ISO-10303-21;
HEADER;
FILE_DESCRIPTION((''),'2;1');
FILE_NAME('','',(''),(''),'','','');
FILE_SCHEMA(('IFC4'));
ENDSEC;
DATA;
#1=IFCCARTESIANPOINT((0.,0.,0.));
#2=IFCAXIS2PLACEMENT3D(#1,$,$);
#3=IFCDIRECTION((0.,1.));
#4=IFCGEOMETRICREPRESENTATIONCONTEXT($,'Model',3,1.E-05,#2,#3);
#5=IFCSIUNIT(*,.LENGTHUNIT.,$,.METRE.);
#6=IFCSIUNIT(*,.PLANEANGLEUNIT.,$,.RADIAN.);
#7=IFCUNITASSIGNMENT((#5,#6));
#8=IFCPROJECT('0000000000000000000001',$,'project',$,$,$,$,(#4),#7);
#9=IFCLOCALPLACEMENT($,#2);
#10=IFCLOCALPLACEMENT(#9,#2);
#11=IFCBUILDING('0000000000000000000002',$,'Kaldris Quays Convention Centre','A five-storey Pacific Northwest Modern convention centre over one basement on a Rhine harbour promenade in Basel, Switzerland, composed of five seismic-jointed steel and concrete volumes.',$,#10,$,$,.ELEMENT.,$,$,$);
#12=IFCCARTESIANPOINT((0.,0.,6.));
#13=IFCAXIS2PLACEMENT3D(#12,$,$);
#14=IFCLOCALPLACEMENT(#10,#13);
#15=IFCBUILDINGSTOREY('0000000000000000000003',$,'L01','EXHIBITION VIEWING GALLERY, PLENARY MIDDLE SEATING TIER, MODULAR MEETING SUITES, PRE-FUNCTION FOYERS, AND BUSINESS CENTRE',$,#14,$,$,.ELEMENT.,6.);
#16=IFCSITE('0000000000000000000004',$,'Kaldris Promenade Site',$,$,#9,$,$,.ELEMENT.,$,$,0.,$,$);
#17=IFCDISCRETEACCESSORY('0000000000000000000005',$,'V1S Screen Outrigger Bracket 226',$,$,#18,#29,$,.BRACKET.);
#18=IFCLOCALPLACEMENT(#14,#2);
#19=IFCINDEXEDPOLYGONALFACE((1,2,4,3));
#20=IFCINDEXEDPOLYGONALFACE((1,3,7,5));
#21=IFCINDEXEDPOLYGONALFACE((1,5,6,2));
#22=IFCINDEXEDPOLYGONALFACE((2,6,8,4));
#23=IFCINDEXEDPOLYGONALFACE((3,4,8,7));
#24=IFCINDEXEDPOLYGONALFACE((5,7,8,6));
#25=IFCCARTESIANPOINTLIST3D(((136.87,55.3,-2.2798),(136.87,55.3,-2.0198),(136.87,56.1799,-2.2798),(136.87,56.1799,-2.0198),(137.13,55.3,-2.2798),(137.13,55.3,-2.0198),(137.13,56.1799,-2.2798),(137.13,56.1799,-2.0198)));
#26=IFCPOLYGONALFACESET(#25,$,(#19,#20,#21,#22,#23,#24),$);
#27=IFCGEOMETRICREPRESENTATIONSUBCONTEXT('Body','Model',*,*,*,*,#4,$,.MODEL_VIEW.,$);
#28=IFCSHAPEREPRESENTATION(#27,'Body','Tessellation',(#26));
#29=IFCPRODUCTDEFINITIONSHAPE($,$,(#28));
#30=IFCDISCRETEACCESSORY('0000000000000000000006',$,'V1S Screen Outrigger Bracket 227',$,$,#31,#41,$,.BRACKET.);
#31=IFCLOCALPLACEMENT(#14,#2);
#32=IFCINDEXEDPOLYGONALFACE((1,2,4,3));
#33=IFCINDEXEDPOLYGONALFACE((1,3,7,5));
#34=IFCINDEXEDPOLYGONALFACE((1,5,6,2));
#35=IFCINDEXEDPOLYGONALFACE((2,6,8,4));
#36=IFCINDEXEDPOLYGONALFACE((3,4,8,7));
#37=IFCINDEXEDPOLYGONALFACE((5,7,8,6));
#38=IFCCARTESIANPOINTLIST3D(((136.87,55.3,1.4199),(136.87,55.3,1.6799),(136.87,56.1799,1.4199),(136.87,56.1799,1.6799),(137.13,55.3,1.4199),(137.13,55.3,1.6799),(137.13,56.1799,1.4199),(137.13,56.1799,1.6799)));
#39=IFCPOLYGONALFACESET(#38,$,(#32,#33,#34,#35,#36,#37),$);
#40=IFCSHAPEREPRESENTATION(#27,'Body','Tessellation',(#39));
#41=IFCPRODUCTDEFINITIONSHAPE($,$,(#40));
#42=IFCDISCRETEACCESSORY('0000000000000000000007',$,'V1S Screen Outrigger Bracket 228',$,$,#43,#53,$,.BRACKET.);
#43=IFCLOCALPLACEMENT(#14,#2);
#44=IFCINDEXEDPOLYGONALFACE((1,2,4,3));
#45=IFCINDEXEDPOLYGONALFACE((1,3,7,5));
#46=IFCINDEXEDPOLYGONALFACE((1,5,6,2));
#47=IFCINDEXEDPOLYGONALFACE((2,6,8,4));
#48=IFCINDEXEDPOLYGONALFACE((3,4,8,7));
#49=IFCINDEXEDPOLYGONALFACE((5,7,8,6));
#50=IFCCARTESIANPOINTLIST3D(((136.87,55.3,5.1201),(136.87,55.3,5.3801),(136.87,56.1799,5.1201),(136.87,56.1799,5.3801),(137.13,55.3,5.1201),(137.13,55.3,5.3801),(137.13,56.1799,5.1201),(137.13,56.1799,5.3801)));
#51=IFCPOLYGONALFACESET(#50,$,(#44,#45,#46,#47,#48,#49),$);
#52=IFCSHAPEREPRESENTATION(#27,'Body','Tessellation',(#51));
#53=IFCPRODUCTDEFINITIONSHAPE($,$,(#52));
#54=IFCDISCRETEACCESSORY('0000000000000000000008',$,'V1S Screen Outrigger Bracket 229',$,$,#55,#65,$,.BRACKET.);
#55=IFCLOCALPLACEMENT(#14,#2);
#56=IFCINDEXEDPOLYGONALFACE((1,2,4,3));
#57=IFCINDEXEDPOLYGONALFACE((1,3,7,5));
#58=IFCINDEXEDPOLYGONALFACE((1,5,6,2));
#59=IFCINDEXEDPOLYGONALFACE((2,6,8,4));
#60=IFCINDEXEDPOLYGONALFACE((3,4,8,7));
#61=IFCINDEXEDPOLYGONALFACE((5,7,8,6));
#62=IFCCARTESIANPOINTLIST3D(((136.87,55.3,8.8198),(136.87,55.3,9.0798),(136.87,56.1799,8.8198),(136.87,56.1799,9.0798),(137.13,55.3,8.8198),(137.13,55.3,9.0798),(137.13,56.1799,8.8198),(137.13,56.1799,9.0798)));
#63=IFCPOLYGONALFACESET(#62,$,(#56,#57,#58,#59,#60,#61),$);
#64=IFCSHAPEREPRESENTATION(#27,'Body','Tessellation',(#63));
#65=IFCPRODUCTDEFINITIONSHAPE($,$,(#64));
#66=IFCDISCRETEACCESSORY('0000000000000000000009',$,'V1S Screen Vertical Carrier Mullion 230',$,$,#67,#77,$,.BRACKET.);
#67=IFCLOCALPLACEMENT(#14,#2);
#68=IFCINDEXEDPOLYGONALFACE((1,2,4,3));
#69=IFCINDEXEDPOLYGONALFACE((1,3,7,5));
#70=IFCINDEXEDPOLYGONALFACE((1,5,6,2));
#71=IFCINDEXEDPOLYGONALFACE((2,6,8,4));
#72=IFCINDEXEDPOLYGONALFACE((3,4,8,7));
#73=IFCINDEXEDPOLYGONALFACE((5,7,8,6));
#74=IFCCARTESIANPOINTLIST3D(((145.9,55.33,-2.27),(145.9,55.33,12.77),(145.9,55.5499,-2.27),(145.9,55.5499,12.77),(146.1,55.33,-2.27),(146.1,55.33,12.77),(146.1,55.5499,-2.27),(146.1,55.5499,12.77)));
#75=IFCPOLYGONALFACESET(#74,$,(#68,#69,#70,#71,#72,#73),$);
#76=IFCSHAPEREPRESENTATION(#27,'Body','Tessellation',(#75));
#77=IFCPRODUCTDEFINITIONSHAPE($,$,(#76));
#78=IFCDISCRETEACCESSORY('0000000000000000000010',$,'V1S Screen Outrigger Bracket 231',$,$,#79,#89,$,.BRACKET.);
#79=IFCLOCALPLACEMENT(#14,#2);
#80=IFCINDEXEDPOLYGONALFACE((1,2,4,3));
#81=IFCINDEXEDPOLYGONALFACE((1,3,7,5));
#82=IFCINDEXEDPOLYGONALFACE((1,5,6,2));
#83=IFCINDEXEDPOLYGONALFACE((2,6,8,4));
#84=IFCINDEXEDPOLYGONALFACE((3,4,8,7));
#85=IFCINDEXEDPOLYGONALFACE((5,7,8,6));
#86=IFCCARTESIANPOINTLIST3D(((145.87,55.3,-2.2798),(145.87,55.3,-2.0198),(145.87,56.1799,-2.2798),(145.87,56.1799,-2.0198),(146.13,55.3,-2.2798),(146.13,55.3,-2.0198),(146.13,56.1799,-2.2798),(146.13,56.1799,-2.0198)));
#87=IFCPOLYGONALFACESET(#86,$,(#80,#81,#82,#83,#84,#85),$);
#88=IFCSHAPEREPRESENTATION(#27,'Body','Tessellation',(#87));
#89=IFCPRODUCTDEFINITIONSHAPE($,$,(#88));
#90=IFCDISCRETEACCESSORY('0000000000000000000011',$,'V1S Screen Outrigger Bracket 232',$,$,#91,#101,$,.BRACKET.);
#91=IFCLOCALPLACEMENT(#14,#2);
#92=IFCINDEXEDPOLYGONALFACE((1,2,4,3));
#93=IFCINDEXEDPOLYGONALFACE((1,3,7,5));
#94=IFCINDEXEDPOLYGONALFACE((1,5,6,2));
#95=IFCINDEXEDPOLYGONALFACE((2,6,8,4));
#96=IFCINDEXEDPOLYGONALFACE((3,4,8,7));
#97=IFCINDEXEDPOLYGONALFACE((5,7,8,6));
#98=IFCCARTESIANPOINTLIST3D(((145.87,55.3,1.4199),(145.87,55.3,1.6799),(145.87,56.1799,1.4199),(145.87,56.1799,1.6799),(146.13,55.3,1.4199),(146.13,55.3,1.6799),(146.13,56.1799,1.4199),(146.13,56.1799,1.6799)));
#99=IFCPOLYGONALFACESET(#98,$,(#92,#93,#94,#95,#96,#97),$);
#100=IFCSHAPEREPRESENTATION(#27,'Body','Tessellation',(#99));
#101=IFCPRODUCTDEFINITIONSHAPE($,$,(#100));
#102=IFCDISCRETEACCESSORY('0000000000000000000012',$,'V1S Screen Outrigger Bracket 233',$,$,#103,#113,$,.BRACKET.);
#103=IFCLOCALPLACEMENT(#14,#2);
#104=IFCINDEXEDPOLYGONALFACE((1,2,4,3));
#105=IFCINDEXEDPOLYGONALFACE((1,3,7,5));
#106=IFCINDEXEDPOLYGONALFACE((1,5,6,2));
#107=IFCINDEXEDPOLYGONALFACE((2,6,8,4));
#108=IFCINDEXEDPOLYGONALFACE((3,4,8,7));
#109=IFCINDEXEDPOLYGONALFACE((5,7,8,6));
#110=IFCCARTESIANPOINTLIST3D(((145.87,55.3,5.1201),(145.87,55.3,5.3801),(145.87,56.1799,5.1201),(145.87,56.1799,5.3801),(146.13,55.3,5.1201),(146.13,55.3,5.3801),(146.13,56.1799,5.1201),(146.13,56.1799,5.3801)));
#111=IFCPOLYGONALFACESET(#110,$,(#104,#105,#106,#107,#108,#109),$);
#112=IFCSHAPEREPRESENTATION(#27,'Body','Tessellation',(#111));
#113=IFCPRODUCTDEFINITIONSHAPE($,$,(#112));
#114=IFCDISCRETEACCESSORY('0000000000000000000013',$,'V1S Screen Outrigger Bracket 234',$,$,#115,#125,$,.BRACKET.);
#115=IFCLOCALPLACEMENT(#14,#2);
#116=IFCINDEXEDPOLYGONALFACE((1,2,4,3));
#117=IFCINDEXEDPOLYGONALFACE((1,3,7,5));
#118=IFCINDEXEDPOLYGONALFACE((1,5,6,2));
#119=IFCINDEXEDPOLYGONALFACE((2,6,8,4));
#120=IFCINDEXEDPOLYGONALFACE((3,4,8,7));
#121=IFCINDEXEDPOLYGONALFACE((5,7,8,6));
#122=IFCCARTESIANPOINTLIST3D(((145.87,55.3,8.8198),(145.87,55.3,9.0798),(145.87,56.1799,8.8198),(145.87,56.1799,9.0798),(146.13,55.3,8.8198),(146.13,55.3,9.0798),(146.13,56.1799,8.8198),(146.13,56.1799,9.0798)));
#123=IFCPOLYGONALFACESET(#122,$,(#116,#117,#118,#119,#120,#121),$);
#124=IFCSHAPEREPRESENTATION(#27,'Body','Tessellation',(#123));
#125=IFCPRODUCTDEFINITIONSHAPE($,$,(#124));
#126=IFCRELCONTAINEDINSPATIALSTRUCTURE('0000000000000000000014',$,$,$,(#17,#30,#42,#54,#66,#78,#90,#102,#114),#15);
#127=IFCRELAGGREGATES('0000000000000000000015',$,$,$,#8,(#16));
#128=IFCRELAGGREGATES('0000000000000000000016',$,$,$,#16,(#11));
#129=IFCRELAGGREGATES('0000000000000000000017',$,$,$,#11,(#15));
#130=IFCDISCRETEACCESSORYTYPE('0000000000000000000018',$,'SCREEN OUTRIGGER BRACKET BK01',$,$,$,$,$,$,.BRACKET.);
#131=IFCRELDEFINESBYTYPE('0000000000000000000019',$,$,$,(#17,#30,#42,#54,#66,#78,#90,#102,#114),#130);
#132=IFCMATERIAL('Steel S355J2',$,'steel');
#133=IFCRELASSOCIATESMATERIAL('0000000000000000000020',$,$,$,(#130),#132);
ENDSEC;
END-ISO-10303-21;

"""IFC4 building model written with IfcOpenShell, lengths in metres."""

from ifc_helpers import new_model, si_unit, direction, frame, origin, origin_2d, place, context, subcontext, project, spatial, rectangle, extrude, material, type_object, element, save


model = new_model("IFC4")

# Units and contexts
model_context = context("Model", 3, precision=1e-05, world=origin(), true_north=direction((0.0, 1.0)))
body_context = subcontext(model_context, "Body", "Model", "MODEL_VIEW")
ifc_project = project(units=[si_unit("LENGTHUNIT", "METRE"), si_unit("PLANEANGLEUNIT", "RADIAN")], contexts=[model_context])

# Site, building, storey
site_placement = place(None, origin())
site = spatial("IfcSite", under=ifc_project, at=site_placement, Name="Kaldris Promenade Site", CompositionType="ELEMENT", RefElevation=0.0)
building_placement = place(site_placement, origin())
building = spatial("IfcBuilding", under=site, at=building_placement, Name="Kaldris Quays Convention Centre", Description="A five-storey Pacific Northwest Modern convention centre over one basement on a Rhine harbour promenade in Basel, Switzerland, composed of five seismic-jointed steel and concrete volumes.", CompositionType="ELEMENT")
storey_placement = place(building_placement, frame((0.0, 0.0, 6.0)))
storey = spatial("IfcBuildingStorey", under=building, at=storey_placement, Name="L01", Description="EXHIBITION VIEWING GALLERY, PLENARY MIDDLE SEATING TIER, MODULAR MEETING SUITES, PRE-FUNCTION FOYERS, AND BUSINESS CENTRE", CompositionType="ELEMENT", Elevation=6.0)

# Shared definitions
ifc_material_1 = material(Name="Steel S355J2", Category="steel")

# Discrete accessories
discrete_accessory_type = type_object("IfcDiscreteAccessoryType", Name="SCREEN OUTRIGGER BRACKET BK01", PredefinedType="BRACKET", material=ifc_material_1)
for number, where, z_axis, x_axis, name in (
    (1, (137.0, 55.74, -2.2798), (0.0, 0.0, 1.0), (1.0, 0.0, 0.0), "V1S Screen Outrigger Bracket 226"),
    (2, (137.0, 55.74, 1.4199), (0.0, 0.0, 1.0), (1.0, 0.0, 0.0), "V1S Screen Outrigger Bracket 227"),
    (3, (137.0, 55.74, 5.1201), (0.0, 0.0, 1.0), (1.0, 0.0, 0.0), "V1S Screen Outrigger Bracket 228"),
    (4, (137.0, 55.74, 8.8198), (0.0, 0.0, 1.0), (1.0, 0.0, 0.0), "V1S Screen Outrigger Bracket 229"),
):
    element("IfcDiscreteAccessory", number, at=place(storey_placement, frame(where, z_axis=z_axis, x_axis=x_axis)), inside=storey, type_object=discrete_accessory_type, Name=name, PredefinedType="BRACKET", context=body_context, shape_type="SweptSolid", body=[
        extrude(rectangle(XDim=0.26, YDim=0.8799, at=origin_2d()), origin(), (0.0, 0.0, 1.0), 0.26),
    ])
discrete_accessory_placement = place(storey_placement, frame((146.0, 55.4399, -2.27), z_axis=(0.0, 0.0, 1.0), x_axis=(1.0, 0.0, 0.0)))
element("IfcDiscreteAccessory", 5, at=discrete_accessory_placement, inside=storey, type_object=discrete_accessory_type, Name="V1S Screen Vertical Carrier Mullion 230", PredefinedType="BRACKET", context=body_context, shape_type="SweptSolid", body=[
    extrude(rectangle(XDim=0.2, YDim=0.22, at=origin_2d()), origin(), (0.0, 0.0, 1.0), 15.04),
])
for number, where, z_axis, x_axis, name in (
    (6, (146.0, 55.74, -2.2798), (0.0, 0.0, 1.0), (1.0, 0.0, 0.0), "V1S Screen Outrigger Bracket 231"),
    (7, (146.0, 55.74, 1.4199), (0.0, 0.0, 1.0), (1.0, 0.0, 0.0), "V1S Screen Outrigger Bracket 232"),
    (8, (146.0, 55.74, 5.1201), (0.0, 0.0, 1.0), (1.0, 0.0, 0.0), "V1S Screen Outrigger Bracket 233"),
    (9, (146.0, 55.74, 8.8198), (0.0, 0.0, 1.0), (1.0, 0.0, 0.0), "V1S Screen Outrigger Bracket 234"),
):
    element("IfcDiscreteAccessory", number, at=place(storey_placement, frame(where, z_axis=z_axis, x_axis=x_axis)), inside=storey, type_object=discrete_accessory_type, Name=name, PredefinedType="BRACKET", context=body_context, shape_type="SweptSolid", body=[
        extrude(rectangle(XDim=0.26, YDim=0.8799, at=origin_2d()), origin(), (0.0, 0.0, 1.0), 0.26),
    ])

save(model, "model.ifc")
